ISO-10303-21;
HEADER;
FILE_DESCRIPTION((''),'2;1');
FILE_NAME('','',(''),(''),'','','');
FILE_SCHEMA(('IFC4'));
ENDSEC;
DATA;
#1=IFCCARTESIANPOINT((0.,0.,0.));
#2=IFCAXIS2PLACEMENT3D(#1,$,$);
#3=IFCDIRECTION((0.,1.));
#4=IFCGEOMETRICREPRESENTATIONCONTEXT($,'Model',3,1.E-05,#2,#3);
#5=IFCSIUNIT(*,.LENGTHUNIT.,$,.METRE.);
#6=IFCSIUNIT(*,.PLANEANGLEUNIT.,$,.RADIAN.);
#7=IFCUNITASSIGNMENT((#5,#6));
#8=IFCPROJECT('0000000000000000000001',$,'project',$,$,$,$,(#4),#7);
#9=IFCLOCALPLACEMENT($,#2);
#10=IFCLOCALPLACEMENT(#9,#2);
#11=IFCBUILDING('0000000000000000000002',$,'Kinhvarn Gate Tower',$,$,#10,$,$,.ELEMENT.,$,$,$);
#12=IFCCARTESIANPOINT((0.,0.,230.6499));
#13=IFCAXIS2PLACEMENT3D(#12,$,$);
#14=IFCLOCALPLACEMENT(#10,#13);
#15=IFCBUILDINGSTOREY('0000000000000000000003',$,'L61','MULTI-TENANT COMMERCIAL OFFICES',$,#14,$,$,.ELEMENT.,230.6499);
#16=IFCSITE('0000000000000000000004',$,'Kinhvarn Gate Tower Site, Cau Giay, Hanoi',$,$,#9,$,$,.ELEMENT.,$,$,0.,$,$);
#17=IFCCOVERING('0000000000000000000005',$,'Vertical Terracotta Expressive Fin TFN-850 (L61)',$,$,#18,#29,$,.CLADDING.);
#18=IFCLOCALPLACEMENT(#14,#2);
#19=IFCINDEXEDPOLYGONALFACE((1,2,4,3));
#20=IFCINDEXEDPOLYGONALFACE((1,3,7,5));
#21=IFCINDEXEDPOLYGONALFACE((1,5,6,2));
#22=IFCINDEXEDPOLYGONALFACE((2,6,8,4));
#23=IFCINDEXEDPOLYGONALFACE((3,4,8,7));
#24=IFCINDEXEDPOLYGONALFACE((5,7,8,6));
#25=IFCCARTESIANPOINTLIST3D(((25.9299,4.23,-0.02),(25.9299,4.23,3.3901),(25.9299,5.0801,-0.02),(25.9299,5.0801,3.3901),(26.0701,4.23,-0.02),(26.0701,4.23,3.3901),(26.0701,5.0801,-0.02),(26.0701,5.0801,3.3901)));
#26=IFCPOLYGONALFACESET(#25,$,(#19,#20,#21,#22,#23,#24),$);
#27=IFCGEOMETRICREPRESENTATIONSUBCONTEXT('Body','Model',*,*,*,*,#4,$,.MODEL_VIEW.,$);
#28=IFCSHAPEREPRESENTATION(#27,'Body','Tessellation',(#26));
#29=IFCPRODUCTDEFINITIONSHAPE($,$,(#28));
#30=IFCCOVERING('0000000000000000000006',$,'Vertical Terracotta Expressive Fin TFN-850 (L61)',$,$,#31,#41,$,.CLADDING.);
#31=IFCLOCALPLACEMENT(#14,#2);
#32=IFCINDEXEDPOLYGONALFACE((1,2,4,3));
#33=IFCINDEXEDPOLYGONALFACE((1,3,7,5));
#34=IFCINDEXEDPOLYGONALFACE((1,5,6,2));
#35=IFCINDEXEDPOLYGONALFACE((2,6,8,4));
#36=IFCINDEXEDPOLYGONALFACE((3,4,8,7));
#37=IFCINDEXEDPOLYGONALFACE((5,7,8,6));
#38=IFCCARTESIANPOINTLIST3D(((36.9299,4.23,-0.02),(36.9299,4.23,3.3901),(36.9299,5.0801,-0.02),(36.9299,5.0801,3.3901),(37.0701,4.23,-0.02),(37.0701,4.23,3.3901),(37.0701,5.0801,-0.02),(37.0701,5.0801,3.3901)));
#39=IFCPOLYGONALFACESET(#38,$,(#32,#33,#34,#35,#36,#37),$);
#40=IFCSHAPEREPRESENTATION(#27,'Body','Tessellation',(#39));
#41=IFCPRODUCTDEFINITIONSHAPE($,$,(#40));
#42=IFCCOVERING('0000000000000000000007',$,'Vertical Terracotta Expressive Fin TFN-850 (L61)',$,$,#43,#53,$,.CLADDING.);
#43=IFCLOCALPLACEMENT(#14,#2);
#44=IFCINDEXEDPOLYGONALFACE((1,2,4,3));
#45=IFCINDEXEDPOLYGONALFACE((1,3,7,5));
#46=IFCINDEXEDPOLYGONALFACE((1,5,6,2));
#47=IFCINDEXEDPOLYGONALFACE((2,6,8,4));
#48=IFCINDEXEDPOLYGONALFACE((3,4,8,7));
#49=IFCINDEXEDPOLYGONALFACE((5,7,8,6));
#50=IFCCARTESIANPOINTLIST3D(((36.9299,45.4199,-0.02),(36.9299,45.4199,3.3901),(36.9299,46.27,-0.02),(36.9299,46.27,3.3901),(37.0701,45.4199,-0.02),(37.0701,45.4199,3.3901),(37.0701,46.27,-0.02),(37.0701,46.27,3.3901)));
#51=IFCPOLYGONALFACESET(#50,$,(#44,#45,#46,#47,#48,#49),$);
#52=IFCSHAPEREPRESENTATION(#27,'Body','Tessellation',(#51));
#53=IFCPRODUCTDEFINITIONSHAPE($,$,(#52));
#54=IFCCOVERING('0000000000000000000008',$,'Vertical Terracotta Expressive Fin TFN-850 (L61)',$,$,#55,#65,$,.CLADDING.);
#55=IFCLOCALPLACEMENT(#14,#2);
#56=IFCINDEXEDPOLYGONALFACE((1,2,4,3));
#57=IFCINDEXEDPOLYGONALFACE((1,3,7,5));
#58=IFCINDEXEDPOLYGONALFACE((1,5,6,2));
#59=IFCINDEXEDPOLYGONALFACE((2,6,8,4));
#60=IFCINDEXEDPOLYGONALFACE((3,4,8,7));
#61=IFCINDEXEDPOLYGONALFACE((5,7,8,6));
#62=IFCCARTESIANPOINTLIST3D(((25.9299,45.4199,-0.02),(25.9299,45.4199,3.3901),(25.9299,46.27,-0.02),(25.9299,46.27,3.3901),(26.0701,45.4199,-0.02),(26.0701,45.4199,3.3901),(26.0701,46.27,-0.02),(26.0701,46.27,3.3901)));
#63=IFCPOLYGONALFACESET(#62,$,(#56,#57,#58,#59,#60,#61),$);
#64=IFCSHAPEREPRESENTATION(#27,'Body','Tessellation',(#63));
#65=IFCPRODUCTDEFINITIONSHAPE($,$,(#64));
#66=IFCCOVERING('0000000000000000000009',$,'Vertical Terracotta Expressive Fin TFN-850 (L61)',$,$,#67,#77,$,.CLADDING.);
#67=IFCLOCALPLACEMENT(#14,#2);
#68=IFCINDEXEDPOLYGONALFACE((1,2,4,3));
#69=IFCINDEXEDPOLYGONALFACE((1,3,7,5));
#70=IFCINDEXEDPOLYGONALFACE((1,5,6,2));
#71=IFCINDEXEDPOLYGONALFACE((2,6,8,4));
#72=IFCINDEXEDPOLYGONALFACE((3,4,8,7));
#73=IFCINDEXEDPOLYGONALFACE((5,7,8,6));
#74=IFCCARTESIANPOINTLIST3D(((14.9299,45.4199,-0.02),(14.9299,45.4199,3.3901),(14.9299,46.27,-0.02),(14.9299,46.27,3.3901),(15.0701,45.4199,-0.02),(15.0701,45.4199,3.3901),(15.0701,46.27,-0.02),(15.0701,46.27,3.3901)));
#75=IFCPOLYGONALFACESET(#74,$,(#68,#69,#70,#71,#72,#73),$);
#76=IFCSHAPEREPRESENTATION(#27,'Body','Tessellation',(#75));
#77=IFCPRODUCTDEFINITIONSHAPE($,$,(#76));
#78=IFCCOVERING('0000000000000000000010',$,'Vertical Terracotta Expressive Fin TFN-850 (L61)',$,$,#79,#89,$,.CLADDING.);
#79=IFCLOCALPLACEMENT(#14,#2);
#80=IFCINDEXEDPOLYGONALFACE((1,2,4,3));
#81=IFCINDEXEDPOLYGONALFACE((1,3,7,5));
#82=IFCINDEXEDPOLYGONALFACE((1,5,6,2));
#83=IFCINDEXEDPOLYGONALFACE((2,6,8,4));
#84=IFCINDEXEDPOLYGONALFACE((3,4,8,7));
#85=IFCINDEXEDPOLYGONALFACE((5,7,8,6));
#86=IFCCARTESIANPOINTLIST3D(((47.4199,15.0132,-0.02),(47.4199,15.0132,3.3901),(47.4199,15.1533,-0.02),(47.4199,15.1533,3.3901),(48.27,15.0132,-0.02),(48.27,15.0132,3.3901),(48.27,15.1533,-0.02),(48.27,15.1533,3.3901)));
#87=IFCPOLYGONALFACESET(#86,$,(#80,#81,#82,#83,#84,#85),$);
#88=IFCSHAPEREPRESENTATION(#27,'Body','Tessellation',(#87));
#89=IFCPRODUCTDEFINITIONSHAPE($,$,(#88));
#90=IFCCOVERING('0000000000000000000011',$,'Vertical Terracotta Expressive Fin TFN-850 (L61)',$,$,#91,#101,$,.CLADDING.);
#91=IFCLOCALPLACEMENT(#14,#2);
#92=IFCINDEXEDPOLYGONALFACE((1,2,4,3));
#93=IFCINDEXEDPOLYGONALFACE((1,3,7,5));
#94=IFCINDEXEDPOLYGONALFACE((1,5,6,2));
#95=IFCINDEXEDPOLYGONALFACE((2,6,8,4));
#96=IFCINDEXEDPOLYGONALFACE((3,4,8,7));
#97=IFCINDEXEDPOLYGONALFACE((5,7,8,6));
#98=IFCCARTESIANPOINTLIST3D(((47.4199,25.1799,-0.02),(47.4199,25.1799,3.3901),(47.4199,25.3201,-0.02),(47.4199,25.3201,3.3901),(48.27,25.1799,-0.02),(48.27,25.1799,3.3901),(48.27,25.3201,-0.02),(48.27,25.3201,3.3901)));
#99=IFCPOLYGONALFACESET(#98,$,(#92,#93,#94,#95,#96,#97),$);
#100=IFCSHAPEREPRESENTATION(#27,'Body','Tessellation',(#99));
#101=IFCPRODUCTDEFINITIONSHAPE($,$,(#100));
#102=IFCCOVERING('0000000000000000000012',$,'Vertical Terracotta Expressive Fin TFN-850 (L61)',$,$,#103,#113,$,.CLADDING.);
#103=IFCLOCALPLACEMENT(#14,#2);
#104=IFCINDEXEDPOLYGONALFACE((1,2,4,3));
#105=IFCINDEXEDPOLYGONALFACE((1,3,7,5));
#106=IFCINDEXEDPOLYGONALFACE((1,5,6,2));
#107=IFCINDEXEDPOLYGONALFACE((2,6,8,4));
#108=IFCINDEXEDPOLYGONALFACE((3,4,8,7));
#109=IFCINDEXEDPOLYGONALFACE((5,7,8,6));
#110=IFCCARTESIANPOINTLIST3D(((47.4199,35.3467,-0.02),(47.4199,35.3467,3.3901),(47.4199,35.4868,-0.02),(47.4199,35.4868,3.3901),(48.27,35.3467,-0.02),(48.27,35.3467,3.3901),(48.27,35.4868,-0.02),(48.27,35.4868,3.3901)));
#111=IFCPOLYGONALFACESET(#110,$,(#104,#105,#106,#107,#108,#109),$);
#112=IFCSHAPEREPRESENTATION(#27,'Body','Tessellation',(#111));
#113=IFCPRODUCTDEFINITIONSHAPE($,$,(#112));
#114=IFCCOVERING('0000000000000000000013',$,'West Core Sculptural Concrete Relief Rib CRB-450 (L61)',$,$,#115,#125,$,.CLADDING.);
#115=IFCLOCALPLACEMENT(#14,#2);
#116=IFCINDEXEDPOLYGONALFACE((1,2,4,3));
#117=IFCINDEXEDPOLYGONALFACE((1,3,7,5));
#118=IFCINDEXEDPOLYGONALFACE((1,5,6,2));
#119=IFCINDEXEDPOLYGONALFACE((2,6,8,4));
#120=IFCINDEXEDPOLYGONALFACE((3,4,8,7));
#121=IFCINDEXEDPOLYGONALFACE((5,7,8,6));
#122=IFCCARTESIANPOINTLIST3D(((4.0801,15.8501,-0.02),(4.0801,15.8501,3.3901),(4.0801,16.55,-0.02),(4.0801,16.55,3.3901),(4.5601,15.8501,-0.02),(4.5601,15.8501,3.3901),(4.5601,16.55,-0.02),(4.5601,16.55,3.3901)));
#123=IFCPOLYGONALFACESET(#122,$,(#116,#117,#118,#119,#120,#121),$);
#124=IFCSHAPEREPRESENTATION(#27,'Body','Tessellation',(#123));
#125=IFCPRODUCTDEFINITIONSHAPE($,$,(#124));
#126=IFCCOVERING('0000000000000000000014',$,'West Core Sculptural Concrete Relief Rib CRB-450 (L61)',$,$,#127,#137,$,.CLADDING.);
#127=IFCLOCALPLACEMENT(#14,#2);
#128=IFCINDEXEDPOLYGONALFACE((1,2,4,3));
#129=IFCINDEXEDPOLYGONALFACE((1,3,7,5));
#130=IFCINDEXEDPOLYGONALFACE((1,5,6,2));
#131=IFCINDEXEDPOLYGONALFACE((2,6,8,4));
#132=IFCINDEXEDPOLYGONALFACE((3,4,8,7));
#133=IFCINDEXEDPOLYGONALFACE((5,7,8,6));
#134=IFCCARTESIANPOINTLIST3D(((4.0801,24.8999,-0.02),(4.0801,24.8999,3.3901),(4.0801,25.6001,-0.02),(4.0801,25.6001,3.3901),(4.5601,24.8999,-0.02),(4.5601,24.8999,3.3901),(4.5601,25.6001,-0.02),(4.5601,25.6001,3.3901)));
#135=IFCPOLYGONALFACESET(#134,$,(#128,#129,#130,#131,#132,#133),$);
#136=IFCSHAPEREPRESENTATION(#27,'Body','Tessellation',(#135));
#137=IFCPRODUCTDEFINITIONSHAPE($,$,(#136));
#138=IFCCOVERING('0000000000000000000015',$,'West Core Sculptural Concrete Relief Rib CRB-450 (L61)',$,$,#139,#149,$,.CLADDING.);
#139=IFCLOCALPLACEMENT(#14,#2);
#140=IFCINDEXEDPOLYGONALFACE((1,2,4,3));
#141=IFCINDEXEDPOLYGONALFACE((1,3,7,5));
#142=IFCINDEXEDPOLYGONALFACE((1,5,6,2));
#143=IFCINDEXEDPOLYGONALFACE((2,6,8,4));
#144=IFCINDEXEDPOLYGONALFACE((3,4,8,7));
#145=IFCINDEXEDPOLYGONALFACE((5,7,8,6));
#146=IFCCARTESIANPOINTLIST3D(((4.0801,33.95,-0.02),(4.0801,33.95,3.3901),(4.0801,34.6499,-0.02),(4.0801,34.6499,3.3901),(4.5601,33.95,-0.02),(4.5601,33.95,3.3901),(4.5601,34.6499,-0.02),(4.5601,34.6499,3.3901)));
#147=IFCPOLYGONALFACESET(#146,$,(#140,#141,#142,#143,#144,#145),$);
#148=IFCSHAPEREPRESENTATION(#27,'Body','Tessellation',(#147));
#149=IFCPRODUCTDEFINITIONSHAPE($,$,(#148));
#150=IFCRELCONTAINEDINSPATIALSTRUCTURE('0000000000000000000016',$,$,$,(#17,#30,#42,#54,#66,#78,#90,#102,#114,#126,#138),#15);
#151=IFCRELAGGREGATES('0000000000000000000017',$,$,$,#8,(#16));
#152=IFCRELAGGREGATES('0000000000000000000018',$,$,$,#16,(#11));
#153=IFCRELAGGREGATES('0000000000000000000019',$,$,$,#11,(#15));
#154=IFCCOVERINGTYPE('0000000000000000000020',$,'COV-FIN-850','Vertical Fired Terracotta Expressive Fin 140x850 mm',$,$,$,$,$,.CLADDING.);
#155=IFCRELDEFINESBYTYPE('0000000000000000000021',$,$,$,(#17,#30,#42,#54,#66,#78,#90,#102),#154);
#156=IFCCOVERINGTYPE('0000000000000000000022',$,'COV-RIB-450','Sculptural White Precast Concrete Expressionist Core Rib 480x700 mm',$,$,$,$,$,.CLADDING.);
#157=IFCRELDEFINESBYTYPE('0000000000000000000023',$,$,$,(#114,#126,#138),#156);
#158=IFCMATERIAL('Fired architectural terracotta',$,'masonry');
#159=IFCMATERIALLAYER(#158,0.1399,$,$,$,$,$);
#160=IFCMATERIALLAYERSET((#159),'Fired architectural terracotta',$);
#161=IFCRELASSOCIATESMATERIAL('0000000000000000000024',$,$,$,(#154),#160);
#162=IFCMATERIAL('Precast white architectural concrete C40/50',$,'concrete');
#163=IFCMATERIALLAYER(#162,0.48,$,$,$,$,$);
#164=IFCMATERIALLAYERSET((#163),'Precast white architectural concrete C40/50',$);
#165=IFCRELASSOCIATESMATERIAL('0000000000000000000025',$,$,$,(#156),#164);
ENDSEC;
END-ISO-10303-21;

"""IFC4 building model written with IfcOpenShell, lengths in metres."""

from ifc_helpers import new_model, si_unit, direction, frame, origin, place, context, subcontext, project, spatial, polyline, outline, extrude, material, layer, layer_set, type_object, element, save


model = new_model("IFC4")

# Units and contexts
model_context = context("Model", 3, precision=1e-05, world=origin(), true_north=direction((0.0, 1.0)))
body_context = subcontext(model_context, "Body", "Model", "MODEL_VIEW")
ifc_project = project(units=[si_unit("LENGTHUNIT", "METRE"), si_unit("PLANEANGLEUNIT", "RADIAN")], contexts=[model_context])

# Site, building, storey
site_placement = place(None, origin())
site = spatial("IfcSite", under=ifc_project, at=site_placement, Name="Kinhvarn Gate Tower Site, Cau Giay, Hanoi", CompositionType="ELEMENT", RefElevation=0.0)
building_placement = place(site_placement, origin())
building = spatial("IfcBuilding", under=site, at=building_placement, Name="Kinhvarn Gate Tower", CompositionType="ELEMENT")
storey_placement = place(building_placement, frame((0.0, 0.0, 230.6499)))
storey = spatial("IfcBuildingStorey", under=building, at=storey_placement, Name="L61", Description="MULTI-TENANT COMMERCIAL OFFICES", CompositionType="ELEMENT", Elevation=230.6499)

# Shared definitions
ifc_material_1 = material(Name="Precast white architectural concrete C40/50", Category="concrete")

# Coverings
ifc_material_2 = material(Name="Fired architectural terracotta", Category="masonry")
ifc_layer_1 = layer(ifc_material_2, 0.1399)
ifc_layer_set_1 = layer_set([ifc_layer_1], Name="Fired architectural terracotta")
covering_type_1 = type_object("IfcCoveringType", Name="COV-FIN-850", Description="Vertical Fired Terracotta Expressive Fin 140x850 mm", PredefinedType="CLADDING", material=ifc_layer_set_1)
covering_1_placement = place(storey_placement, frame((0.0, 0.0, -0.02)))
element("IfcCovering", 1, at=covering_1_placement, inside=storey, type_object=covering_type_1, Name="Vertical Terracotta Expressive Fin TFN-850 (L61)", PredefinedType="CLADDING", context=body_context, shape_type="SweptSolid", body=[
    extrude(outline(polyline([(25.9299, 5.0801), (26.0701, 5.0801), (26.0701, 4.23), (25.9299, 4.23), (25.9299, 5.0801)])), origin(), (0.0, 0.0, 1.0), 3.4102),
])
covering_2_placement = place(storey_placement, frame((0.0, 0.0, -0.02)))
element("IfcCovering", 2, at=covering_2_placement, inside=storey, type_object=covering_type_1, Name="Vertical Terracotta Expressive Fin TFN-850 (L61)", PredefinedType="CLADDING", context=body_context, shape_type="SweptSolid", body=[
    extrude(outline(polyline([(36.9299, 5.0801), (37.0701, 5.0801), (37.0701, 4.23), (36.9299, 4.23), (36.9299, 5.0801)])), origin(), (0.0, 0.0, 1.0), 3.4102),
])
covering_3_placement = place(storey_placement, frame((0.0, 0.0, -0.02)))
element("IfcCovering", 3, at=covering_3_placement, inside=storey, type_object=covering_type_1, Name="Vertical Terracotta Expressive Fin TFN-850 (L61)", PredefinedType="CLADDING", context=body_context, shape_type="SweptSolid", body=[
    extrude(outline(polyline([(37.0701, 45.4199), (36.9299, 45.4199), (36.9299, 46.27), (37.0701, 46.27), (37.0701, 45.4199)])), origin(), (0.0, 0.0, 1.0), 3.4102),
])
covering_4_placement = place(storey_placement, frame((0.0, 0.0, -0.02)))
element("IfcCovering", 4, at=covering_4_placement, inside=storey, type_object=covering_type_1, Name="Vertical Terracotta Expressive Fin TFN-850 (L61)", PredefinedType="CLADDING", context=body_context, shape_type="SweptSolid", body=[
    extrude(outline(polyline([(26.0701, 45.4199), (25.9299, 45.4199), (25.9299, 46.27), (26.0701, 46.27), (26.0701, 45.4199)])), origin(), (0.0, 0.0, 1.0), 3.4102),
])
covering_5_placement = place(storey_placement, frame((0.0, 0.0, -0.02)))
element("IfcCovering", 5, at=covering_5_placement, inside=storey, type_object=covering_type_1, Name="Vertical Terracotta Expressive Fin TFN-850 (L61)", PredefinedType="CLADDING", context=body_context, shape_type="SweptSolid", body=[
    extrude(outline(polyline([(15.0701, 45.4199), (14.9299, 45.4199), (14.9299, 46.27), (15.0701, 46.27), (15.0701, 45.4199)])), origin(), (0.0, 0.0, 1.0), 3.4102),
])
covering_6_placement = place(storey_placement, frame((0.0, 0.0, -0.02)))
element("IfcCovering", 6, at=covering_6_placement, inside=storey, type_object=covering_type_1, Name="Vertical Terracotta Expressive Fin TFN-850 (L61)", PredefinedType="CLADDING", context=body_context, shape_type="SweptSolid", body=[
    extrude(outline(polyline([(47.4199, 15.0132), (47.4199, 15.1533), (48.27, 15.1533), (48.27, 15.0132), (47.4199, 15.0132)])), origin(), (0.0, 0.0, 1.0), 3.4102),
])
covering_7_placement = place(storey_placement, frame((0.0, 0.0, -0.02)))
element("IfcCovering", 7, at=covering_7_placement, inside=storey, type_object=covering_type_1, Name="Vertical Terracotta Expressive Fin TFN-850 (L61)", PredefinedType="CLADDING", context=body_context, shape_type="SweptSolid", body=[
    extrude(outline(polyline([(47.4199, 25.1799), (47.4199, 25.3201), (48.27, 25.3201), (48.27, 25.1799), (47.4199, 25.1799)])), origin(), (0.0, 0.0, 1.0), 3.4102),
])
covering_8_placement = place(storey_placement, frame((0.0, 0.0, -0.02)))
element("IfcCovering", 8, at=covering_8_placement, inside=storey, type_object=covering_type_1, Name="Vertical Terracotta Expressive Fin TFN-850 (L61)", PredefinedType="CLADDING", context=body_context, shape_type="SweptSolid", body=[
    extrude(outline(polyline([(47.4199, 35.3467), (47.4199, 35.4868), (48.27, 35.4868), (48.27, 35.3467), (47.4199, 35.3467)])), origin(), (0.0, 0.0, 1.0), 3.4102),
])
ifc_layer_2 = layer(ifc_material_1, 0.48)
ifc_layer_set_2 = layer_set([ifc_layer_2], Name="Precast white architectural concrete C40/50")
covering_type_2 = type_object("IfcCoveringType", Name="COV-RIB-450", Description="Sculptural White Precast Concrete Expressionist Core Rib 480x700 mm", PredefinedType="CLADDING", material=ifc_layer_set_2)
covering_9_placement = place(storey_placement, frame((0.0, 0.0, -0.02)))
element("IfcCovering", 9, at=covering_9_placement, inside=storey, type_object=covering_type_2, Name="West Core Sculptural Concrete Relief Rib CRB-450 (L61)", PredefinedType="CLADDING", context=body_context, shape_type="SweptSolid", body=[
    extrude(outline(polyline([(4.0801, 15.8501), (4.5601, 15.8501), (4.5601, 16.55), (4.0801, 16.55), (4.0801, 15.8501)])), origin(), (0.0, 0.0, 1.0), 3.4102),
])
covering_10_placement = place(storey_placement, frame((0.0, 0.0, -0.02)))
element("IfcCovering", 10, at=covering_10_placement, inside=storey, type_object=covering_type_2, Name="West Core Sculptural Concrete Relief Rib CRB-450 (L61)", PredefinedType="CLADDING", context=body_context, shape_type="SweptSolid", body=[
    extrude(outline(polyline([(4.0801, 24.8999), (4.5601, 24.8999), (4.5601, 25.6001), (4.0801, 25.6001), (4.0801, 24.8999)])), origin(), (0.0, 0.0, 1.0), 3.4102),
])
covering_11_placement = place(storey_placement, frame((0.0, 0.0, -0.02)))
element("IfcCovering", 11, at=covering_11_placement, inside=storey, type_object=covering_type_2, Name="West Core Sculptural Concrete Relief Rib CRB-450 (L61)", PredefinedType="CLADDING", context=body_context, shape_type="SweptSolid", body=[
    extrude(outline(polyline([(4.0801, 33.95), (4.5601, 33.95), (4.5601, 34.6499), (4.0801, 34.6499), (4.0801, 33.95)])), origin(), (0.0, 0.0, 1.0), 3.4102),
])

save(model, "model.ifc")
